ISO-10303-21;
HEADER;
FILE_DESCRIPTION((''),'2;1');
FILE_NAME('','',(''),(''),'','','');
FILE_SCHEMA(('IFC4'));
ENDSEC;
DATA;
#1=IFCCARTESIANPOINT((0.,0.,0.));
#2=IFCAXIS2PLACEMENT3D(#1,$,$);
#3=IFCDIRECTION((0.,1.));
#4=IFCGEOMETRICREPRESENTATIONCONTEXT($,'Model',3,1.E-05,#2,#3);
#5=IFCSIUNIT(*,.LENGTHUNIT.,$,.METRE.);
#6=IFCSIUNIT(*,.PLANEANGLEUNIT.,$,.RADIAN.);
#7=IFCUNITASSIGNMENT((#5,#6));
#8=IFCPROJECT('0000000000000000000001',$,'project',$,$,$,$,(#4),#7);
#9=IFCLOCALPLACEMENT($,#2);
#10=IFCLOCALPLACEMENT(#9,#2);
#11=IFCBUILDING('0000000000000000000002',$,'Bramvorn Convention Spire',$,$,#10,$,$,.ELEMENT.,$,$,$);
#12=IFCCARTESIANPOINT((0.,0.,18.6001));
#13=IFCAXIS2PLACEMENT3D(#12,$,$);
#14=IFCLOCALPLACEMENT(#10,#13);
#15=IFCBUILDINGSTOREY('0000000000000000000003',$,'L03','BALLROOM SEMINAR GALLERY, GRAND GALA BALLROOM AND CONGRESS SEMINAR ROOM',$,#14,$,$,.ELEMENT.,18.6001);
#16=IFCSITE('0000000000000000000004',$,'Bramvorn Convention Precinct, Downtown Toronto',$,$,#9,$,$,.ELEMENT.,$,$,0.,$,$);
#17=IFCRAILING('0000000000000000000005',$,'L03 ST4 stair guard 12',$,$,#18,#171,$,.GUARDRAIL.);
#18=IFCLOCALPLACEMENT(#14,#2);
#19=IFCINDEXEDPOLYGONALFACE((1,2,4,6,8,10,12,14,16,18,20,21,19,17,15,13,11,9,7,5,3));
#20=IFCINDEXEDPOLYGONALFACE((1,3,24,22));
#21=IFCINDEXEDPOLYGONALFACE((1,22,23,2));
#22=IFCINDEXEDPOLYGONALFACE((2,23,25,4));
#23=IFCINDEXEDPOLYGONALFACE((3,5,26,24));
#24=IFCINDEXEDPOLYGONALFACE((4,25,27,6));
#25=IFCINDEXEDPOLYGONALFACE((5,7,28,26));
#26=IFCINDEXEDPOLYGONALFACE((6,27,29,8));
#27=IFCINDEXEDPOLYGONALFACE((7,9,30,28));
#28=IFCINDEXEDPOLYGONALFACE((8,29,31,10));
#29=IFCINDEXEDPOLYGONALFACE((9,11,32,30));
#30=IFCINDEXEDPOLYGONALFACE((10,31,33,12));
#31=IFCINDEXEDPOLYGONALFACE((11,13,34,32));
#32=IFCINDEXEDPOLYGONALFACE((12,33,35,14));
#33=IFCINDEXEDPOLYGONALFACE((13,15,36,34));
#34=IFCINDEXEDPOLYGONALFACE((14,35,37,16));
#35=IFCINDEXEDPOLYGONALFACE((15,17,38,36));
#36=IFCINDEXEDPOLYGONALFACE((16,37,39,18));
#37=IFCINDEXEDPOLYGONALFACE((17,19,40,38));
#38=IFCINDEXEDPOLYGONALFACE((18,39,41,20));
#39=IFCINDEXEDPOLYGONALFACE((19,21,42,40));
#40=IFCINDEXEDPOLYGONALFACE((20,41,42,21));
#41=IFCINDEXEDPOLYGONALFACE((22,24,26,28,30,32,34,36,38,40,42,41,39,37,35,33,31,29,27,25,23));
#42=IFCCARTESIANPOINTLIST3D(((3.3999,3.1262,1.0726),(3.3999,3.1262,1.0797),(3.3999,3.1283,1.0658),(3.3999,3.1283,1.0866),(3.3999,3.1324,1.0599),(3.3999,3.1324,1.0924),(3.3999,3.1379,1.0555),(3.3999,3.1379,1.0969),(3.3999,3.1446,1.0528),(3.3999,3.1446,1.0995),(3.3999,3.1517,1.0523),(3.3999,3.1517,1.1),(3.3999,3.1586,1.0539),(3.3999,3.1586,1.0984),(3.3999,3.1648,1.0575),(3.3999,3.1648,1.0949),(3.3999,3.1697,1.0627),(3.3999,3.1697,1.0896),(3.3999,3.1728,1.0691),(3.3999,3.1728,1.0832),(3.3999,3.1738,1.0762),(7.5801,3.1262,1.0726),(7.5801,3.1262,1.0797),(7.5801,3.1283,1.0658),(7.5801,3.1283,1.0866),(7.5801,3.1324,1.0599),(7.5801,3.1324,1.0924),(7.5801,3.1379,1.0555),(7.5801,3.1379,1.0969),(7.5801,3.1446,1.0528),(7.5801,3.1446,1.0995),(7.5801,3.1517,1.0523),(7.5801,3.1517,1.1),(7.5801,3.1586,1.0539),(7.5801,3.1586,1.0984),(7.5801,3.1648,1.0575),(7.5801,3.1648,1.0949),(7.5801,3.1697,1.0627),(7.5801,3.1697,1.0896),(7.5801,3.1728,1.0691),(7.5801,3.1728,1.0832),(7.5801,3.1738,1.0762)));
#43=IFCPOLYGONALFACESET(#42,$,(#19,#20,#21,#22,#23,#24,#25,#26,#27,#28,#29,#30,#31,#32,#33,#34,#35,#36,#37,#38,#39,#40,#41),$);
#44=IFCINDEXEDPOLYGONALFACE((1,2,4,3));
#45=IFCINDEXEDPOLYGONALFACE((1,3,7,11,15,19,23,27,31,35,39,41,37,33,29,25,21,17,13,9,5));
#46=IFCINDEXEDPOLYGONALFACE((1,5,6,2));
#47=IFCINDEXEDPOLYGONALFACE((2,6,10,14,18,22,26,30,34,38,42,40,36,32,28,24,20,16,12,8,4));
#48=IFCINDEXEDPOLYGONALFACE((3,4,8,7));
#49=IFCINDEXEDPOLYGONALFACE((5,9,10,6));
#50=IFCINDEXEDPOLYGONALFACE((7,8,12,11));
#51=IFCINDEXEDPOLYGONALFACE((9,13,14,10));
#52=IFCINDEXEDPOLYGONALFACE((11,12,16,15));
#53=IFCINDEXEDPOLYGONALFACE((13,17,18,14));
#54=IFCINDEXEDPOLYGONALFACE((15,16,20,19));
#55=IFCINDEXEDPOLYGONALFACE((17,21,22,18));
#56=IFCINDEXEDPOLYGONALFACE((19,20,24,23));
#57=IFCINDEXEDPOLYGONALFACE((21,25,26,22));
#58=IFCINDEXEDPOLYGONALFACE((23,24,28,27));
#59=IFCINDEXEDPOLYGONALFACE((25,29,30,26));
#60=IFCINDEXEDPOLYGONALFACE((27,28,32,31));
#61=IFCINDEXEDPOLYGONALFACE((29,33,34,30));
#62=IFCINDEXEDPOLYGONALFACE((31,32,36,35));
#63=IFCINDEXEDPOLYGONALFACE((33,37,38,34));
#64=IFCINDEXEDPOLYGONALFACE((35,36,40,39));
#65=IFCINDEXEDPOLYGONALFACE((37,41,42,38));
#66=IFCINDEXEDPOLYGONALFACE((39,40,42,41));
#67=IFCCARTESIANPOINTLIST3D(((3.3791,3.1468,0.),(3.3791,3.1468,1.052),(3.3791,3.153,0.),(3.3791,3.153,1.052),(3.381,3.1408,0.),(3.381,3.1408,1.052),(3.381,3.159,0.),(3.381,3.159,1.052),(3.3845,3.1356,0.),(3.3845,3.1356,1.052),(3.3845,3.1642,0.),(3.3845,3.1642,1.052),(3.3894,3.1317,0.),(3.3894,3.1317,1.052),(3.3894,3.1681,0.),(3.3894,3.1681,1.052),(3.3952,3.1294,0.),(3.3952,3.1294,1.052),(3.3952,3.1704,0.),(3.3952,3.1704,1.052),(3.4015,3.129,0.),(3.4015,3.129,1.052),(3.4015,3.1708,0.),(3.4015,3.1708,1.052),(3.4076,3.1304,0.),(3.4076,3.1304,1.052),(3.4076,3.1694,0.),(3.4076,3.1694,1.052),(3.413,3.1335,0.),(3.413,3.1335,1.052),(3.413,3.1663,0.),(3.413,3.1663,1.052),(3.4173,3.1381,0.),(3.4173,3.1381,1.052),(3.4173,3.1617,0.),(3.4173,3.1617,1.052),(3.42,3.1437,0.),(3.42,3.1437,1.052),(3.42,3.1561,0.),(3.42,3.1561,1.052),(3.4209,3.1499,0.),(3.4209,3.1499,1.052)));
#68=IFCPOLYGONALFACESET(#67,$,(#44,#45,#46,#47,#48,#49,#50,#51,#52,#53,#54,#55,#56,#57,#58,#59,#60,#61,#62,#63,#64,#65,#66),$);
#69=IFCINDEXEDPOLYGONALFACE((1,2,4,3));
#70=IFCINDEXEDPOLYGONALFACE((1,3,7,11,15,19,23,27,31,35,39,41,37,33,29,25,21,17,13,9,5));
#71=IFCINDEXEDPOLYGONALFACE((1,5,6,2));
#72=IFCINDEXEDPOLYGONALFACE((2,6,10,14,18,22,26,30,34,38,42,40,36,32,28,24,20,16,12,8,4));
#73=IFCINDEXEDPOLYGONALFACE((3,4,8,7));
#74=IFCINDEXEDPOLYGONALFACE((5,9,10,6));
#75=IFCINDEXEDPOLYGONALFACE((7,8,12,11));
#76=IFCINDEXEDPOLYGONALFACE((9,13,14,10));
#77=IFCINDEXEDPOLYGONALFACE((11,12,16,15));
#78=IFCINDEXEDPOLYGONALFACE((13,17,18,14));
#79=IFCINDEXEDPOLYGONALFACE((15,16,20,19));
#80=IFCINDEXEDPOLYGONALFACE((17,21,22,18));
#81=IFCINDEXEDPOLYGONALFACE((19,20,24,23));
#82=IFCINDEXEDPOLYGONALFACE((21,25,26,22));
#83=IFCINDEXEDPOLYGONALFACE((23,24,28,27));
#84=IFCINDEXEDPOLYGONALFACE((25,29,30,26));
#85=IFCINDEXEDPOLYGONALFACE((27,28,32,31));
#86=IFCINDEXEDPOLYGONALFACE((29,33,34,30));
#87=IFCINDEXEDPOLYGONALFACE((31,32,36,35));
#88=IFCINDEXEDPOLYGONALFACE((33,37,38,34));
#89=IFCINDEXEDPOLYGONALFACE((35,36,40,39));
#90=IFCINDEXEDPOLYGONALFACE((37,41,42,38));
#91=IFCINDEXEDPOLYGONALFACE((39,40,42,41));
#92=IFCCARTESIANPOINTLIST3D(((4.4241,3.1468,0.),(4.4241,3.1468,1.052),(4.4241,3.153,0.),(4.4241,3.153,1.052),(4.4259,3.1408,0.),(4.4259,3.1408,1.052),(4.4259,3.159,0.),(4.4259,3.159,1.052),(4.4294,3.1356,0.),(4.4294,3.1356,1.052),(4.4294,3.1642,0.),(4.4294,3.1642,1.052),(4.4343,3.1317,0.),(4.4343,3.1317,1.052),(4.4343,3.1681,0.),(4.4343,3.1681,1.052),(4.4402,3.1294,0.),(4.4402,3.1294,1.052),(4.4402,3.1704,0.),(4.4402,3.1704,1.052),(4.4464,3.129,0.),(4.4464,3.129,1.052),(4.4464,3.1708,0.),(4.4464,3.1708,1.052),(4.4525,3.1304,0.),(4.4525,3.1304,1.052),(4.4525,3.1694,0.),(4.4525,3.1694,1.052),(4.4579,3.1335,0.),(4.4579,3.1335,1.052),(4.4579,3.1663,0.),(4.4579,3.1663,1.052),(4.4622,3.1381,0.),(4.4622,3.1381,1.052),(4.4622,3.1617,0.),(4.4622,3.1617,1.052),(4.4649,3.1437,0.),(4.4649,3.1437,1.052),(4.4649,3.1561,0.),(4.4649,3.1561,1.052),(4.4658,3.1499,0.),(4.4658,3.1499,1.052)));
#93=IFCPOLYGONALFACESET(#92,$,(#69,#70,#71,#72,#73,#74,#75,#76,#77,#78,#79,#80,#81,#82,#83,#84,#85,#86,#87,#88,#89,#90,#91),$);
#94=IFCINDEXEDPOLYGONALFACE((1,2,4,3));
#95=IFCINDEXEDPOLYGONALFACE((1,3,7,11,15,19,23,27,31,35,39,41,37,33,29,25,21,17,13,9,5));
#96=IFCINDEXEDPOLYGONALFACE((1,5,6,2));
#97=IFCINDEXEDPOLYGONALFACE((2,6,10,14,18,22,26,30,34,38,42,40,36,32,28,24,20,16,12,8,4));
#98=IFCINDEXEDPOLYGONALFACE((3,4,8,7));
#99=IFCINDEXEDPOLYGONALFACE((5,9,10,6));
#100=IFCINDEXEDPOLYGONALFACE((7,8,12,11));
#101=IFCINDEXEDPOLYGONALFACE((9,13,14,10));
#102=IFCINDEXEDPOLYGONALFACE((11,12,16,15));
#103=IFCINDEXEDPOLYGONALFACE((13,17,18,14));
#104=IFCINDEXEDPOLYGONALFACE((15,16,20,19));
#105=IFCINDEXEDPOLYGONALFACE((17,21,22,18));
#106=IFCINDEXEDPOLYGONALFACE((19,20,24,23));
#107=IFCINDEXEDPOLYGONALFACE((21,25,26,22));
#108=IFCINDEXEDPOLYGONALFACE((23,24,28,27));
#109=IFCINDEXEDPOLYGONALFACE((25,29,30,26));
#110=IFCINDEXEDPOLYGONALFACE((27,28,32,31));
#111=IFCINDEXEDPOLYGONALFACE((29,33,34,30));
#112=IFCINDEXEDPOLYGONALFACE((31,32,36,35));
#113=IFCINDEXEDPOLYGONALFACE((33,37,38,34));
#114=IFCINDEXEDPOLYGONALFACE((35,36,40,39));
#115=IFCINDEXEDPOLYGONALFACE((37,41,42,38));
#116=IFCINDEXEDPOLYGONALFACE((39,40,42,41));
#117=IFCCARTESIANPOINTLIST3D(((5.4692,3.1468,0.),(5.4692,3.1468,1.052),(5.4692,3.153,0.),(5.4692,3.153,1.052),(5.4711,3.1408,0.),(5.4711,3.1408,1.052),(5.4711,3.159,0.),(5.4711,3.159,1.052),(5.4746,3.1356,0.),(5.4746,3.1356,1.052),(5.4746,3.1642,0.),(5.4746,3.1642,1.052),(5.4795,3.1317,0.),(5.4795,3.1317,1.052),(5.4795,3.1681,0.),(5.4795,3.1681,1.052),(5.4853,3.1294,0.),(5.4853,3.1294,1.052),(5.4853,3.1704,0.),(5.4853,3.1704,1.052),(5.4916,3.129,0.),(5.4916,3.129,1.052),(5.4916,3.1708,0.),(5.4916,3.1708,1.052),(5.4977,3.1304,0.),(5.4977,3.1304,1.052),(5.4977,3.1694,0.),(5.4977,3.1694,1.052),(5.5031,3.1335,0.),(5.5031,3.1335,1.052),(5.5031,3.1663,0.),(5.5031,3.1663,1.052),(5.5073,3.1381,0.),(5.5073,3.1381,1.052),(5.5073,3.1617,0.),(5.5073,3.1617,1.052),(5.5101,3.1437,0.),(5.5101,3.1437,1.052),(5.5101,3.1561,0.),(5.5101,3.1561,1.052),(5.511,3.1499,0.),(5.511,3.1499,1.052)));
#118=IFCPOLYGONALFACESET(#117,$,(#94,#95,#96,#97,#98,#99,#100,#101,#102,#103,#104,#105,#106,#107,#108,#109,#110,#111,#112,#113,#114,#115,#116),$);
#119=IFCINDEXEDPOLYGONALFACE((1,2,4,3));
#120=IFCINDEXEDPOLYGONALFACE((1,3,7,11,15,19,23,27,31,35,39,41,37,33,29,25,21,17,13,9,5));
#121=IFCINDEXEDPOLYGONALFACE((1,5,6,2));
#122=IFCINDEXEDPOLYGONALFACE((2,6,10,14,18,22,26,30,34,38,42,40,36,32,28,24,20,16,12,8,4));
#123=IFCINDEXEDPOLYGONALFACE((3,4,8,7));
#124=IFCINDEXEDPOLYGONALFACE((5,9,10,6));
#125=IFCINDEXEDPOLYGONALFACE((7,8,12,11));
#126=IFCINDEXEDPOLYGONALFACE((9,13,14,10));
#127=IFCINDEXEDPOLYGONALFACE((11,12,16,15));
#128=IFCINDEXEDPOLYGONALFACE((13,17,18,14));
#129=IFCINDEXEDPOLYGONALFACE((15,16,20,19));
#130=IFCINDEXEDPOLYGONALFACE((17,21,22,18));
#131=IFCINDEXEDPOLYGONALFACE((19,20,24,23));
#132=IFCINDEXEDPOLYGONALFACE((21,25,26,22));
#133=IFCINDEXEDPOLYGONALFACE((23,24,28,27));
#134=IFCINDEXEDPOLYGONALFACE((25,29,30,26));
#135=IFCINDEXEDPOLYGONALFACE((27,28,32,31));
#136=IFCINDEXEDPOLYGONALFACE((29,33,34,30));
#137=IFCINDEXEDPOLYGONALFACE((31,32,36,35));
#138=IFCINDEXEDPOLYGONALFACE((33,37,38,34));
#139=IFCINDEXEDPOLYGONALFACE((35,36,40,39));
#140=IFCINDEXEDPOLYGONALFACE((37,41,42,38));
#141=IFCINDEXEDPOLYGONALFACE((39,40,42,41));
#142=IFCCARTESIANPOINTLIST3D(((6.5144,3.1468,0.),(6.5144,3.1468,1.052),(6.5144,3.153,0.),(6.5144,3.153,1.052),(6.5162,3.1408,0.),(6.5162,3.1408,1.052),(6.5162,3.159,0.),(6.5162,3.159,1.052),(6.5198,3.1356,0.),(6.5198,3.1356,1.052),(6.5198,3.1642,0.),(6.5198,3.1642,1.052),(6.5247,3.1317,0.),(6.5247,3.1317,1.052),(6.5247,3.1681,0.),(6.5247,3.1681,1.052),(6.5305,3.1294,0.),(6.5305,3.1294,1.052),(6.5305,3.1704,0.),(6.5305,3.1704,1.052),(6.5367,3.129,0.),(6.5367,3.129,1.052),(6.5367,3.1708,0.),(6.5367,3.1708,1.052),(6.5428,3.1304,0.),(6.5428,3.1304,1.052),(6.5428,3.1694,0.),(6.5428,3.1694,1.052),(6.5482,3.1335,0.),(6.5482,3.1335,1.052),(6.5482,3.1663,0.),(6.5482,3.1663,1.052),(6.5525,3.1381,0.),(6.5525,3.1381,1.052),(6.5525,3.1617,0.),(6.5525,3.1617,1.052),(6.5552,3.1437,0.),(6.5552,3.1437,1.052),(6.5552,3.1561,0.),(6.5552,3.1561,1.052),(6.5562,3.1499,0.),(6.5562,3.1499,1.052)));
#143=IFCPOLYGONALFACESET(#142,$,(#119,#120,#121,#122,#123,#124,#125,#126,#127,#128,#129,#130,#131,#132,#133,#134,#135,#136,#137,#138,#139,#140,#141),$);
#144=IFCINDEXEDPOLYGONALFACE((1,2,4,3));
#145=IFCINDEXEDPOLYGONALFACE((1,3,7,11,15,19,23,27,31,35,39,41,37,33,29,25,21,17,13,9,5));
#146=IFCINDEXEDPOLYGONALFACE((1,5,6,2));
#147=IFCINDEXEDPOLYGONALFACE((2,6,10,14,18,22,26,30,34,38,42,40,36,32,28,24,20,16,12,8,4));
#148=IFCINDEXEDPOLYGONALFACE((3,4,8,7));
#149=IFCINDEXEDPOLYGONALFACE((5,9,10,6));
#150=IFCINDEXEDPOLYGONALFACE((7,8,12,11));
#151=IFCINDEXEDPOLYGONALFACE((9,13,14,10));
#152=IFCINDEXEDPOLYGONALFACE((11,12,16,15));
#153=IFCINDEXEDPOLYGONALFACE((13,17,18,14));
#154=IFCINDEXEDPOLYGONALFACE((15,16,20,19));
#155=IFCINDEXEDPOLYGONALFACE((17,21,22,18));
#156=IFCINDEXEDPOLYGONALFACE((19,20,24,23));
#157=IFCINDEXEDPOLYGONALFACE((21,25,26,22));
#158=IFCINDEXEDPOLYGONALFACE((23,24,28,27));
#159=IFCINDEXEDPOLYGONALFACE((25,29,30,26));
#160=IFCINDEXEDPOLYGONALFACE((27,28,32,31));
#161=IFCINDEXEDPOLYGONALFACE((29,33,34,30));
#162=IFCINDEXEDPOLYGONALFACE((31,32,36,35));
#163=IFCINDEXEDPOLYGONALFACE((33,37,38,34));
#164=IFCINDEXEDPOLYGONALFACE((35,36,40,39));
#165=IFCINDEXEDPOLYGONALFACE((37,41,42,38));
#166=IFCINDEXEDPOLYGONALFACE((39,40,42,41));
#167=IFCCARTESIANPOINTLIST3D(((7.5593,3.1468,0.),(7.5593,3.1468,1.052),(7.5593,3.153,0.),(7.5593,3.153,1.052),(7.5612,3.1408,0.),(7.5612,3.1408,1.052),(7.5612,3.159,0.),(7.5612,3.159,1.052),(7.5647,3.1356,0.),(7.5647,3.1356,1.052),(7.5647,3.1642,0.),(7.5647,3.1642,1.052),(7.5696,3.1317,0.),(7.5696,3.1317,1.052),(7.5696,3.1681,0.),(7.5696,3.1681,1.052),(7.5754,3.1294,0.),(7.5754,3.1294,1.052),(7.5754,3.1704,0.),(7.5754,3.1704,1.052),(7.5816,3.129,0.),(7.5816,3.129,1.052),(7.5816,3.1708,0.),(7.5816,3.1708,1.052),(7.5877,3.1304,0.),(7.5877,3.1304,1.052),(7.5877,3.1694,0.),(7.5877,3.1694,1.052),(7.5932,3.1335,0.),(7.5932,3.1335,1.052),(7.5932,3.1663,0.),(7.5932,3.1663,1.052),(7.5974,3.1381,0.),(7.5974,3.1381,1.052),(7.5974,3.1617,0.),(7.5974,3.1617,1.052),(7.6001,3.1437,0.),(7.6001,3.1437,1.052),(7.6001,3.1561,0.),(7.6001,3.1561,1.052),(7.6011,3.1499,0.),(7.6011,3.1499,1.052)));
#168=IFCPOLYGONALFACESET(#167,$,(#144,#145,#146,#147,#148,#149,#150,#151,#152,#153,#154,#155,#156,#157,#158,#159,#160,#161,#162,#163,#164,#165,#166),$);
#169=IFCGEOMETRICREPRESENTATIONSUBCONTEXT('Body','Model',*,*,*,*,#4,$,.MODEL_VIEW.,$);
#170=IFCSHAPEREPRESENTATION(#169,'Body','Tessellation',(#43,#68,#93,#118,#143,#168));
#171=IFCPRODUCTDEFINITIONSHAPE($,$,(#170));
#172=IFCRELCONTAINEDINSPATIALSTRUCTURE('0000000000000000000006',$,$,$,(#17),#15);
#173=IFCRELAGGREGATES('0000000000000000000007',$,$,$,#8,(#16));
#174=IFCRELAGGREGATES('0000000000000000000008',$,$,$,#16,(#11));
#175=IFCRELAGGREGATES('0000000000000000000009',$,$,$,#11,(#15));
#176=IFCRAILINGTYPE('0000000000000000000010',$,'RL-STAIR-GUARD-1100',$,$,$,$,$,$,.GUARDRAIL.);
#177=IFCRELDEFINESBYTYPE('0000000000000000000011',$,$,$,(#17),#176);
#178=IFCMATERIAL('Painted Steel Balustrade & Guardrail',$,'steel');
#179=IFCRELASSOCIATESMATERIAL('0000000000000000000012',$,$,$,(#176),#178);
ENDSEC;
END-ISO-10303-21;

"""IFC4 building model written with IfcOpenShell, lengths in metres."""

from ifc_helpers import new_model, si_unit, direction, frame, origin, origin_2d, place, context, subcontext, project, spatial, circle, extrude, material, type_object, element, save


model = new_model("IFC4")

# Units and contexts
model_context = context("Model", 3, precision=1e-05, world=origin(), true_north=direction((0.0, 1.0)))
body_context = subcontext(model_context, "Body", "Model", "MODEL_VIEW")
ifc_project = project(units=[si_unit("LENGTHUNIT", "METRE"), si_unit("PLANEANGLEUNIT", "RADIAN")], contexts=[model_context])

# Site, building, storey
site_placement = place(None, origin())
site = spatial("IfcSite", under=ifc_project, at=site_placement, Name="Bramvorn Convention Precinct, Downtown Toronto", CompositionType="ELEMENT", RefElevation=0.0)
building_placement = place(site_placement, origin())
building = spatial("IfcBuilding", under=site, at=building_placement, Name="Bramvorn Convention Spire", CompositionType="ELEMENT")
storey_placement = place(building_placement, frame((0.0, 0.0, 18.6001)))
storey = spatial("IfcBuildingStorey", under=building, at=storey_placement, Name="L03", Description="BALLROOM SEMINAR GALLERY, GRAND GALA BALLROOM AND CONGRESS SEMINAR ROOM", CompositionType="ELEMENT", Elevation=18.6001)

# Railing
ifc_material_1 = material(Name="Painted Steel Balustrade & Guardrail", Category="steel")
railing_type_1 = type_object("IfcRailingType", Name="RL-STAIR-GUARD-1100", PredefinedType="GUARDRAIL", material=ifc_material_1)
railing_1_placement = place(storey_placement, frame((3.3999, 3.1499, 0.0)))
element("IfcRailing", 1, at=railing_1_placement, inside=storey, type_object=railing_type_1, Name="L03 ST4 stair guard 12", PredefinedType="GUARDRAIL", context=body_context, shape_type="SweptSolid", body=[
    extrude(circle(Radius=0.0239, at=origin_2d()), frame((0.0, 0.0, 1.0762), z_axis=(1.0, 0.0, 0.0), x_axis=(0.0, 1.0, 0.0)), (0.0, 0.0, 1.0), 4.1802),
    extrude(circle(Radius=0.021, at=origin_2d()), origin(), (0.0, 0.0, 1.0), 1.052),
    extrude(circle(Radius=0.021, at=origin_2d()), frame((1.0449, 0.0, 0.0)), (0.0, 0.0, 1.0), 1.052),
    extrude(circle(Radius=0.021, at=origin_2d()), frame((2.0901, 0.0, 0.0)), (0.0, 0.0, 1.0), 1.052),
    extrude(circle(Radius=0.021, at=origin_2d()), frame((3.1353, 0.0, 0.0)), (0.0, 0.0, 1.0), 1.052),
    extrude(circle(Radius=0.021, at=origin_2d()), frame((4.1802, 0.0, 0.0)), (0.0, 0.0, 1.0), 1.052),
])

save(model, "model.ifc")
